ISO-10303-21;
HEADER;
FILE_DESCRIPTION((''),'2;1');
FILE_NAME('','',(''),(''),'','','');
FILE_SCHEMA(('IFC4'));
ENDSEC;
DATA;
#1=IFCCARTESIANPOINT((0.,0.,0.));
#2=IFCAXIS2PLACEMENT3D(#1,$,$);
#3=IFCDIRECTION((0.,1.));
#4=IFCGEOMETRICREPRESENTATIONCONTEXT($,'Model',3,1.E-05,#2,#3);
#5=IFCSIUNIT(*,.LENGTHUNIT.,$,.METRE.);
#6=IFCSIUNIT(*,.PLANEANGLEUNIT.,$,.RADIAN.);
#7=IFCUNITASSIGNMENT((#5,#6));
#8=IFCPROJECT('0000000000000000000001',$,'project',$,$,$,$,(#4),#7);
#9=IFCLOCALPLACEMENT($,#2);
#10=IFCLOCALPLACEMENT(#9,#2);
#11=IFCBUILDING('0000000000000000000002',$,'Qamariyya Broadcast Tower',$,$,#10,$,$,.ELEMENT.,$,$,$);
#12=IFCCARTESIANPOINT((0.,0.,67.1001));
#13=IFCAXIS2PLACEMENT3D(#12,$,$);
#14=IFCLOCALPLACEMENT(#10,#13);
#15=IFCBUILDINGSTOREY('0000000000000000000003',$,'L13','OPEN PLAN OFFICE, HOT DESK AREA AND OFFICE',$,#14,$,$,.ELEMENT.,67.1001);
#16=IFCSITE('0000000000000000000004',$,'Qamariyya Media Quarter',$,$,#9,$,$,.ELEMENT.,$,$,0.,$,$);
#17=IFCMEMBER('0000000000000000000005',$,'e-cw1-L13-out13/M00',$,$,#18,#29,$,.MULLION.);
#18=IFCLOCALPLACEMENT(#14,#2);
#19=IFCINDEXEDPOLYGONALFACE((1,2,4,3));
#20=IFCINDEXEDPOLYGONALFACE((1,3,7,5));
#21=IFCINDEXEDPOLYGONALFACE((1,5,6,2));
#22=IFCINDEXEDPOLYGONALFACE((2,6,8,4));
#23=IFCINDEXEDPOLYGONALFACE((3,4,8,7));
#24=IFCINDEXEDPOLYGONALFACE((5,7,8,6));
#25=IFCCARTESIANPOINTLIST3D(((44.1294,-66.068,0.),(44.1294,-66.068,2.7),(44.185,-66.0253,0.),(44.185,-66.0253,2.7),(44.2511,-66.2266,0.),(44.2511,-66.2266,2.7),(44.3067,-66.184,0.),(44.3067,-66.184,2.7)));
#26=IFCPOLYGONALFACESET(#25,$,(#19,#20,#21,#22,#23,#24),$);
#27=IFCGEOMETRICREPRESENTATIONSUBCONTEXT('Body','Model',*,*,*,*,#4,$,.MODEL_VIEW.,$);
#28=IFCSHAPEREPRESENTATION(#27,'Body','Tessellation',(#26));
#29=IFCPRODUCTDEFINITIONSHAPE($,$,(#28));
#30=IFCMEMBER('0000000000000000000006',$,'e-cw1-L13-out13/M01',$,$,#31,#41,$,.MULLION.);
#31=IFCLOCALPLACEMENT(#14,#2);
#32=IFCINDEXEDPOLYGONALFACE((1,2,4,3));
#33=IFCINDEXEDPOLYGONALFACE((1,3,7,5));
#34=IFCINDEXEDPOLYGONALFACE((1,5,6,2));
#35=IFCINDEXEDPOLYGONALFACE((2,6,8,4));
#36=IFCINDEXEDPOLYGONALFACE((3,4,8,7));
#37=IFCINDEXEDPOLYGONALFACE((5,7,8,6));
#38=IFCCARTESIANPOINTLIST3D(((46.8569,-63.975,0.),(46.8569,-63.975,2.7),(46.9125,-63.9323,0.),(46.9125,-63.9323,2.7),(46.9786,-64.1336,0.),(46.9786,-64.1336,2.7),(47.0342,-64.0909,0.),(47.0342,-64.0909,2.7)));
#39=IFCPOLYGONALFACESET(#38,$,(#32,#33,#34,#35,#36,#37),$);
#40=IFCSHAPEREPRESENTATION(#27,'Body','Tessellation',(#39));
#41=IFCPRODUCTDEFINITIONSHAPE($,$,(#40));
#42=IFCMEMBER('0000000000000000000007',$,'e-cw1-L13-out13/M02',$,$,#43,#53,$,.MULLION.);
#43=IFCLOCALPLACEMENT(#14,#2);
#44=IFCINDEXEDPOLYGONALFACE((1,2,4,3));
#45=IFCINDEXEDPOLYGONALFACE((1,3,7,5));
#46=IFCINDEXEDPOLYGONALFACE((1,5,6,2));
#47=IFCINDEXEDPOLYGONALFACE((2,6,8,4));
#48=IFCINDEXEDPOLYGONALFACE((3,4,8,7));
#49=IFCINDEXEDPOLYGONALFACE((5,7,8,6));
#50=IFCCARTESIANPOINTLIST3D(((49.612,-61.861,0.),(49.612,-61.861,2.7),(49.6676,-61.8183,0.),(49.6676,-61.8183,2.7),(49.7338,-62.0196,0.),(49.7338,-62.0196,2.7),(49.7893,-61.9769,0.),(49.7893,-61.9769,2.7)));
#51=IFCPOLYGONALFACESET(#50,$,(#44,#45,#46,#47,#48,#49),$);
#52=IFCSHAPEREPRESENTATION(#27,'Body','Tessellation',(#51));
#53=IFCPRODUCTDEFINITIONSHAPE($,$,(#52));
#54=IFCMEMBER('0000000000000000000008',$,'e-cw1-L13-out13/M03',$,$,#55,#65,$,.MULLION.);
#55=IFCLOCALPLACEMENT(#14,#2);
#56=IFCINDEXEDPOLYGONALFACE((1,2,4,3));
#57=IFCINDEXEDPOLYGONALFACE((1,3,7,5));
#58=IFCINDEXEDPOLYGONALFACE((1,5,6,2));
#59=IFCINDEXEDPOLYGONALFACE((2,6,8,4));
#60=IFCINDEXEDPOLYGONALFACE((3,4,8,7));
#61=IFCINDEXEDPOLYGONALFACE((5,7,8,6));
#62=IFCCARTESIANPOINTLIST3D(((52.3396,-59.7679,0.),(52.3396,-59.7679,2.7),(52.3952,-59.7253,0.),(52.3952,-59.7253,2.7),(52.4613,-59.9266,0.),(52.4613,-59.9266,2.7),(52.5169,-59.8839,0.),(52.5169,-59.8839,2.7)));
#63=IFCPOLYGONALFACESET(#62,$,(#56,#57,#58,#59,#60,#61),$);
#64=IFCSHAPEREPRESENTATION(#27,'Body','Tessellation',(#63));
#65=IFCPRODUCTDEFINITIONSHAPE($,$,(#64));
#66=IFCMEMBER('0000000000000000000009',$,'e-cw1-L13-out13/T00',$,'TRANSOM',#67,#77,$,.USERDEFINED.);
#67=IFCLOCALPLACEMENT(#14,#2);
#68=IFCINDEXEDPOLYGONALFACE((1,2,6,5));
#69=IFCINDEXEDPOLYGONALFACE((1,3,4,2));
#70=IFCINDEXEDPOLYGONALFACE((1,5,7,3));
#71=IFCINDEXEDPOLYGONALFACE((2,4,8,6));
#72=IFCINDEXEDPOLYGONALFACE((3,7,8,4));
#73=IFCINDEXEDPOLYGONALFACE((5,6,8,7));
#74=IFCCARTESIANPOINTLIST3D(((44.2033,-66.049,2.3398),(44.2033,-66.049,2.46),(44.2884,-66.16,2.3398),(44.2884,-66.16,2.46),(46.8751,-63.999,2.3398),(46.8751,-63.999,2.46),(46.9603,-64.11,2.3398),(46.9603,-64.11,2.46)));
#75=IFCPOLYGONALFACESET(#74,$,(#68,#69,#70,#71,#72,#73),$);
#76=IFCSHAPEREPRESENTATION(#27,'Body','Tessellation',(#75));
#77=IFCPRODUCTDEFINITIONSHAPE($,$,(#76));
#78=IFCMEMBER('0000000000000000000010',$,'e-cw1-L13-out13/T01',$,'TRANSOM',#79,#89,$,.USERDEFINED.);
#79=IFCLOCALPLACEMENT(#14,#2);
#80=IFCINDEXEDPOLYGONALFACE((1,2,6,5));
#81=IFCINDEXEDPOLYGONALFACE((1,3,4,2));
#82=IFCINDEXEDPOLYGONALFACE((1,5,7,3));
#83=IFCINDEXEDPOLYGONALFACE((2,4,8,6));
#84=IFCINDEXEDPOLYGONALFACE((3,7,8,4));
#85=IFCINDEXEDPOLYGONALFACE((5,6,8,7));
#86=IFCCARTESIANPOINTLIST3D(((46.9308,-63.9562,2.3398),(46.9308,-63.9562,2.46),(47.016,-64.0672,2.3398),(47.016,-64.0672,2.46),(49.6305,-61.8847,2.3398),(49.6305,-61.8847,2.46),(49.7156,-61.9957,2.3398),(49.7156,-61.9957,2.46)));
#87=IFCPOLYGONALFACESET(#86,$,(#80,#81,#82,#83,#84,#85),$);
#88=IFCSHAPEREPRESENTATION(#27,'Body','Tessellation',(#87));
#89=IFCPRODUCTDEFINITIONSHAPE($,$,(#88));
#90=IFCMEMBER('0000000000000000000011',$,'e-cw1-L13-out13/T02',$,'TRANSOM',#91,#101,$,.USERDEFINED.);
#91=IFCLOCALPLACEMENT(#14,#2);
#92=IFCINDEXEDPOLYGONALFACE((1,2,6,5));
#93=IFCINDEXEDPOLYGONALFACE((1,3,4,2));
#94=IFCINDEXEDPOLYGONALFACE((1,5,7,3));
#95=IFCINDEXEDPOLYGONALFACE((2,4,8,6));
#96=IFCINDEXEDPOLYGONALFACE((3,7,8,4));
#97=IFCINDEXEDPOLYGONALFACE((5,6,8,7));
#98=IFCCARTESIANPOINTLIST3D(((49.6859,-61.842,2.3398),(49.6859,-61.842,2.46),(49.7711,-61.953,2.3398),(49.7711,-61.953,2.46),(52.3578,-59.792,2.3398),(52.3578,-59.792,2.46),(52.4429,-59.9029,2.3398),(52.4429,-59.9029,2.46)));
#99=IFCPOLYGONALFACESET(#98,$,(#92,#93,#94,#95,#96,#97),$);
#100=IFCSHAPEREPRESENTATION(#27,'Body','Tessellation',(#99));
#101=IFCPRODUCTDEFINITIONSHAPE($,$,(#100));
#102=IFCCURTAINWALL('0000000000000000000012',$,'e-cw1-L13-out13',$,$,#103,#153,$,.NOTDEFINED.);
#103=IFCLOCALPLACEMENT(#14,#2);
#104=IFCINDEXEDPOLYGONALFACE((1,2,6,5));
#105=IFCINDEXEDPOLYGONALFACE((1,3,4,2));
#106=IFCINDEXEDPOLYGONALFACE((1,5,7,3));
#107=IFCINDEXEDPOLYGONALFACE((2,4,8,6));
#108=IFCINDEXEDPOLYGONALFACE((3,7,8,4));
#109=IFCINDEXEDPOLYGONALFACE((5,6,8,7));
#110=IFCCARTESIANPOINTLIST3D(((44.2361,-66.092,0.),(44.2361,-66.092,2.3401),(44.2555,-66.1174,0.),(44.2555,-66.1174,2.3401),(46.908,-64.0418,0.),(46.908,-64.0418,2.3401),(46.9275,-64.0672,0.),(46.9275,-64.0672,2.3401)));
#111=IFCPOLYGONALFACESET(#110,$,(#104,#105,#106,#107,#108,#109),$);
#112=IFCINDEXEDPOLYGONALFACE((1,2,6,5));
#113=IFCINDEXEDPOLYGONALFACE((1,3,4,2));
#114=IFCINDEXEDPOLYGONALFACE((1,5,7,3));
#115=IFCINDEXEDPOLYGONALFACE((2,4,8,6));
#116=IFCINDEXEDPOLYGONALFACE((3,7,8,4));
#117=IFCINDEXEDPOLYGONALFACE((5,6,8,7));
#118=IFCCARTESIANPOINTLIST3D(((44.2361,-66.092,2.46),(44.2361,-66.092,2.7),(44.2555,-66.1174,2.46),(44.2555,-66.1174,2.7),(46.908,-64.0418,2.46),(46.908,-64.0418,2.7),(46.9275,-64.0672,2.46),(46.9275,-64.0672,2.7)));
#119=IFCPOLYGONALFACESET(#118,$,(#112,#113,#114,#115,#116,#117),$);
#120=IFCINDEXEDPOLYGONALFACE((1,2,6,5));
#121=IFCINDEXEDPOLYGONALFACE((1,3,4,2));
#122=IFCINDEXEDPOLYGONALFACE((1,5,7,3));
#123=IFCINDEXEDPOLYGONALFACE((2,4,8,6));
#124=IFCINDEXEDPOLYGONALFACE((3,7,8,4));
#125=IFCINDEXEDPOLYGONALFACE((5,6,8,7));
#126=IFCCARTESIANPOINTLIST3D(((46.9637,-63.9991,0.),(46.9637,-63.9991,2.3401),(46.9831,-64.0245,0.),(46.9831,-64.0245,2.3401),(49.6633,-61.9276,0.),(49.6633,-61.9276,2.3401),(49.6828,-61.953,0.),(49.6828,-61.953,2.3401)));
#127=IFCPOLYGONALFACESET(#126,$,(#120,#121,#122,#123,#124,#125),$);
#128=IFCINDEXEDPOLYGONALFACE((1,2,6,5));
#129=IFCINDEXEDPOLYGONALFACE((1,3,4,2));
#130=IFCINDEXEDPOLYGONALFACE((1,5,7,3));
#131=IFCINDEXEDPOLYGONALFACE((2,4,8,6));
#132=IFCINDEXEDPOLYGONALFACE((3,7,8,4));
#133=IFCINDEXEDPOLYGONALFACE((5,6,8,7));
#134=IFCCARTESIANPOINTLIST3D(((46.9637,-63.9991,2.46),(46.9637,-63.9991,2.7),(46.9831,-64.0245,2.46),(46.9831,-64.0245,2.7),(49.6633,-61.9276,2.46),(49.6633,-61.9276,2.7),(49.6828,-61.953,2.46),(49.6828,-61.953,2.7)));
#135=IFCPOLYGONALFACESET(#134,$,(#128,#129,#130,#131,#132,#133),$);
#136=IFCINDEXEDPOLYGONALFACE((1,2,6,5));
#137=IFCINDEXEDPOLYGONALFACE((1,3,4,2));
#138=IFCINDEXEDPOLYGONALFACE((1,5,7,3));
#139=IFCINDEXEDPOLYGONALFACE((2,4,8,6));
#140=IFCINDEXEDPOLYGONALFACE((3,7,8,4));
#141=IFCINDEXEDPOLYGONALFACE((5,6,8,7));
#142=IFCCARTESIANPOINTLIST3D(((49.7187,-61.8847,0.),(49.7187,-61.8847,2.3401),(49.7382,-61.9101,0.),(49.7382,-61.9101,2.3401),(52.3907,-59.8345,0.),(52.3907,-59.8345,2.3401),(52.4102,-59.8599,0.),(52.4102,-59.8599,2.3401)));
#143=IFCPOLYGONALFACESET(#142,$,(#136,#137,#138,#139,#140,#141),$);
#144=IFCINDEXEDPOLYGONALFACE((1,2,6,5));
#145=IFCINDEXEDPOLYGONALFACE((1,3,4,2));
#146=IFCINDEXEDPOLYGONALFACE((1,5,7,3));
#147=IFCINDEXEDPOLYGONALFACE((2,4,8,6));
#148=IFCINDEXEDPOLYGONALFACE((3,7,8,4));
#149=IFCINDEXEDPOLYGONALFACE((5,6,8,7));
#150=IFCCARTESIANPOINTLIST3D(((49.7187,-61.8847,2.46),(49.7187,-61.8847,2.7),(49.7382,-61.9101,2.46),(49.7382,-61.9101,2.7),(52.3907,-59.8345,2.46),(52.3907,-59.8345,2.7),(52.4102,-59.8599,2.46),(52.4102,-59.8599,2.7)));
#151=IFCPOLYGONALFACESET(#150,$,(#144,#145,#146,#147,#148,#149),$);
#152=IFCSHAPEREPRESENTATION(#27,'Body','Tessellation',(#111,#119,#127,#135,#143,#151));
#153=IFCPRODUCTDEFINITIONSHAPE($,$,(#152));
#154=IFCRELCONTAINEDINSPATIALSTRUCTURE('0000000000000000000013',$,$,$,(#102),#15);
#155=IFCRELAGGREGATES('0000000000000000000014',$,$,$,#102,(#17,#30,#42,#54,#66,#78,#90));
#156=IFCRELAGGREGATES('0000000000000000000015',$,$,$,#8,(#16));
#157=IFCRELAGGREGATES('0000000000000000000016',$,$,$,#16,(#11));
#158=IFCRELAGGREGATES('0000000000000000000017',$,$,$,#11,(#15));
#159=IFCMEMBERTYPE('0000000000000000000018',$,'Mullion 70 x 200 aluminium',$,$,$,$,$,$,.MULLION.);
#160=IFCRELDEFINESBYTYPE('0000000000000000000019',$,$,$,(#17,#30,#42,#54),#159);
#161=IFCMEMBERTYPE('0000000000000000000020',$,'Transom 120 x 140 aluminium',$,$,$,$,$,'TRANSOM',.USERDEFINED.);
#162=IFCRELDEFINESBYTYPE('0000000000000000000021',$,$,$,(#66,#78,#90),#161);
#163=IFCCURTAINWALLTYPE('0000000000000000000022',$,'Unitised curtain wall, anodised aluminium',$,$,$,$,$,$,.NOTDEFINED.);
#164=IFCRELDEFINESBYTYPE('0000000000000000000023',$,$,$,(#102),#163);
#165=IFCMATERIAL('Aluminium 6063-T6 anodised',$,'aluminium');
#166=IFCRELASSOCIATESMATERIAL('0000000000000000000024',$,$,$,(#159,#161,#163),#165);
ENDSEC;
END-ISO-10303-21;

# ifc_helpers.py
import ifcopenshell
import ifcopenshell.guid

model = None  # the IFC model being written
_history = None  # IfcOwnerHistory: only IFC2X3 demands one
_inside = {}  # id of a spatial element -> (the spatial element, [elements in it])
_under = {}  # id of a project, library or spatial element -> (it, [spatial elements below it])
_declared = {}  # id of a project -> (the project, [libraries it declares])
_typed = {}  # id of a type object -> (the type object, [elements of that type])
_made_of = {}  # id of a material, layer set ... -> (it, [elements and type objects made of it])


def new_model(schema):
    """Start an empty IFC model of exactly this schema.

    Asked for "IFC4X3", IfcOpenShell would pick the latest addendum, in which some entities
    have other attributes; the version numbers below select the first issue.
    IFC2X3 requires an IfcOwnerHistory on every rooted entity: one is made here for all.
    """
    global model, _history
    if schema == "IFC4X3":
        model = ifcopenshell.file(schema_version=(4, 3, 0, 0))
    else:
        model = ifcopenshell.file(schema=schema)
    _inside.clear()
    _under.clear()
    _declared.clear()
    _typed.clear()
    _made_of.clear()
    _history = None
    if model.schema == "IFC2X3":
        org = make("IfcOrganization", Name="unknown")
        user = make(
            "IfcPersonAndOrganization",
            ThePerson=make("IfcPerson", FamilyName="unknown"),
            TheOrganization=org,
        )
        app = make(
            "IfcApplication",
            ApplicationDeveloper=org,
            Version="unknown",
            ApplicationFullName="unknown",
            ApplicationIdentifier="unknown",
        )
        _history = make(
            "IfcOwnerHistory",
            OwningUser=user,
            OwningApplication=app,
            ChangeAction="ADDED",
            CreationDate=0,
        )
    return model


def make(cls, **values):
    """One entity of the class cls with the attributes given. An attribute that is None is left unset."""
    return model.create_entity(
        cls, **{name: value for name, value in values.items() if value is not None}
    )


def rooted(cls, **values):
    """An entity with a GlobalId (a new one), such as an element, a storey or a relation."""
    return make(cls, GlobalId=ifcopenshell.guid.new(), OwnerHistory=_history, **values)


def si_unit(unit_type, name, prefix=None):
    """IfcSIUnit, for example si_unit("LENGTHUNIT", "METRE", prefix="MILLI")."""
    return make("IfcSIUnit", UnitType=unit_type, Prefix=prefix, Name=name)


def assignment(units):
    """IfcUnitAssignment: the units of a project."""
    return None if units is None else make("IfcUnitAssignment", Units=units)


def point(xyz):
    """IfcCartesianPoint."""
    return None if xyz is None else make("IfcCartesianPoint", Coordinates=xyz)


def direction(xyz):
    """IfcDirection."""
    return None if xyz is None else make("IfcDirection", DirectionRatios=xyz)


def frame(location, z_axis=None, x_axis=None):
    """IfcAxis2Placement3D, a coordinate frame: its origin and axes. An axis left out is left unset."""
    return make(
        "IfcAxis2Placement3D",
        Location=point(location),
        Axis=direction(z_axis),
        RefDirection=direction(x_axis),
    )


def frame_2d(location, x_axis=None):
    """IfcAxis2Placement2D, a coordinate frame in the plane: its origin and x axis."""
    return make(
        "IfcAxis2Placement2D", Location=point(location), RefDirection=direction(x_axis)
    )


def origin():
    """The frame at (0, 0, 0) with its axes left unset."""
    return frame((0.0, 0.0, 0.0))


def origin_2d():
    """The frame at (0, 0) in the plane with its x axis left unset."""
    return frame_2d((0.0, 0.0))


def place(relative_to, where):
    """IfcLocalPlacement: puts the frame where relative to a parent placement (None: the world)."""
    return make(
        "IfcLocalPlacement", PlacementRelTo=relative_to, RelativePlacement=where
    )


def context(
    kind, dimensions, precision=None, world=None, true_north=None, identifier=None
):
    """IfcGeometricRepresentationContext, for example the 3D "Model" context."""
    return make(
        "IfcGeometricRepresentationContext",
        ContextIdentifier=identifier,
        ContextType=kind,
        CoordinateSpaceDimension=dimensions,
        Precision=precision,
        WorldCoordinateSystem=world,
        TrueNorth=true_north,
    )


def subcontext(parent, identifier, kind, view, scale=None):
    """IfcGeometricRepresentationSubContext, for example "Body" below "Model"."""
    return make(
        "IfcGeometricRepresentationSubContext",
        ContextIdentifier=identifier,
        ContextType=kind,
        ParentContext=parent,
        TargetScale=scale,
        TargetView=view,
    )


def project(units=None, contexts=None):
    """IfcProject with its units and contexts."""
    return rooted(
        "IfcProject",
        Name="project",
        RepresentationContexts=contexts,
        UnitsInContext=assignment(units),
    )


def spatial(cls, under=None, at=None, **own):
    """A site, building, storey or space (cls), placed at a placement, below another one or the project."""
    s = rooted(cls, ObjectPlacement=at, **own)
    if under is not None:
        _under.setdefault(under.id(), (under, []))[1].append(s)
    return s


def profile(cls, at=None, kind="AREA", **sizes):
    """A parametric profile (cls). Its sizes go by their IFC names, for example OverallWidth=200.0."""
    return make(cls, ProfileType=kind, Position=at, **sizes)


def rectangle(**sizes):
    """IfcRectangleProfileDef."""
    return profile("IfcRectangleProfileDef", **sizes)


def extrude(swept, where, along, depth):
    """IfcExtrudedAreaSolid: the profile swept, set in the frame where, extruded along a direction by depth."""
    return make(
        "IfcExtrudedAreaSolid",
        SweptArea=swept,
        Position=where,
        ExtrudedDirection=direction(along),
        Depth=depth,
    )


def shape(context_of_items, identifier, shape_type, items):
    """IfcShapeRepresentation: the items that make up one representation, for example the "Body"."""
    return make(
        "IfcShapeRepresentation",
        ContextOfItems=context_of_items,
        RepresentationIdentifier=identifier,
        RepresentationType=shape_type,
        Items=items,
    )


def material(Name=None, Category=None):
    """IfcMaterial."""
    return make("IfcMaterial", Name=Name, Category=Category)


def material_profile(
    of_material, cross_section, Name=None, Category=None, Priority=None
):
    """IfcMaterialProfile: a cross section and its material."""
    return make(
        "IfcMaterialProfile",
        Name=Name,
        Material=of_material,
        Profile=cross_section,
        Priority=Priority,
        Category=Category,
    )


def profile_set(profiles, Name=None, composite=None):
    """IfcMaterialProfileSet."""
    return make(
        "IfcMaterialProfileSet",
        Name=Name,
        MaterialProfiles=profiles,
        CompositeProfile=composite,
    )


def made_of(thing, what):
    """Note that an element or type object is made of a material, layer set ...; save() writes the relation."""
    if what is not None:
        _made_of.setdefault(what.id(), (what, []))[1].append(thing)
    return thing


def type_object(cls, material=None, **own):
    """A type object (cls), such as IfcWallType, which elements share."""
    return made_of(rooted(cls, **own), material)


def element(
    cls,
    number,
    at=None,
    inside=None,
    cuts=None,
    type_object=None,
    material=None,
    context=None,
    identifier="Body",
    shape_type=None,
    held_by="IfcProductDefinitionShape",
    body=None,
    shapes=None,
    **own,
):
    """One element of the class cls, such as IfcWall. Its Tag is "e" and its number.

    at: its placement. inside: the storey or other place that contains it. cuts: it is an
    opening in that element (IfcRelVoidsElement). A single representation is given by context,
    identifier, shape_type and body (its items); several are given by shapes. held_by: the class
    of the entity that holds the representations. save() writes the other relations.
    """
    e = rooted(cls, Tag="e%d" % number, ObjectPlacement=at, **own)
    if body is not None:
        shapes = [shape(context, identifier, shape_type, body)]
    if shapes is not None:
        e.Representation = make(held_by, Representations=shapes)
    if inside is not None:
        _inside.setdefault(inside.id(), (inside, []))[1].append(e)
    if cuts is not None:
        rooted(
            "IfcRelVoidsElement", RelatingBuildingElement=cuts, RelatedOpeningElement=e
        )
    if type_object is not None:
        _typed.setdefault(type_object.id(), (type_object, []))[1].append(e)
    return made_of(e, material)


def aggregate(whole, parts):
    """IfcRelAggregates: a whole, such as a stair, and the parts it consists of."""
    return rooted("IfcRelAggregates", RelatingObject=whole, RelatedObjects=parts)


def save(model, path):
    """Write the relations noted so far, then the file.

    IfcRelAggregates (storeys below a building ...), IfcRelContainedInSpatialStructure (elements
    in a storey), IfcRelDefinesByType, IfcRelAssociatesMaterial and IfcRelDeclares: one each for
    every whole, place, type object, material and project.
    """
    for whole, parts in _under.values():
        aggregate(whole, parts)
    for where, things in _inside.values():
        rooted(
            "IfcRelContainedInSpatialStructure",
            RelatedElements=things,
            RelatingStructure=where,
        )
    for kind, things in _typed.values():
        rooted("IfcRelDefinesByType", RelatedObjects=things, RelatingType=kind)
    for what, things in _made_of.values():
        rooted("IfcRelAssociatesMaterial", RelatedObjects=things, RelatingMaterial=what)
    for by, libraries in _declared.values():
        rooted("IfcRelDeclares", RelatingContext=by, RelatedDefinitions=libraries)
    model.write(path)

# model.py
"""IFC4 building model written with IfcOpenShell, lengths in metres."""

from ifc_helpers import new_model, si_unit, direction, frame, origin, origin_2d, place, context, subcontext, project, spatial, rectangle, extrude, material, material_profile, profile_set, type_object, element, aggregate, save


model = new_model("IFC4")

# Units and contexts
model_context = context("Model", 3, precision=1e-05, world=origin(), true_north=direction((0.0, 1.0)))
body_context = subcontext(model_context, "Body", "Model", "MODEL_VIEW")
ifc_project = project(units=[si_unit("LENGTHUNIT", "METRE"), si_unit("PLANEANGLEUNIT", "RADIAN")], contexts=[model_context])

# Members
ifc_material = material(Name="Aluminium 6063-T6 anodised", Category="aluminium")
ifc_material_profile_1 = material_profile(ifc_material, rectangle(XDim=0.2, YDim=0.0701, at=origin_2d()))
ifc_profile_set_1 = profile_set([ifc_material_profile_1], Name="Aluminium 6063-T6 anodised")
member_type_1 = type_object("IfcMemberType", Name="Mullion 70 x 200 aluminium", PredefinedType="MULLION", material=ifc_profile_set_1)
site_placement = place(None, origin())
building_placement = place(site_placement, origin())
storey_placement = place(building_placement, frame((0.0, 0.0, 67.1001)))
member_1_placement = place(storey_placement, frame((44.218, -66.126, 0.0), z_axis=(0.0, 0.0, 1.0), x_axis=(-0.608761, 0.793353, 0.0)))
member_1 = element("IfcMember", 1, at=member_1_placement, type_object=member_type_1, Name="e-cw1-L13-out13/M00", PredefinedType="MULLION", context=body_context, shape_type="SweptSolid", body=[
    extrude(rectangle(XDim=0.2, YDim=0.0701, at=origin_2d()), origin(), (0.0, 0.0, 1.0), 2.7),
])
member_2_placement = place(storey_placement, frame((46.9456, -64.033, 0.0), z_axis=(0.0, 0.0, 1.0), x_axis=(-0.608761, 0.793353, 0.0)))
member_2 = element("IfcMember", 2, at=member_2_placement, type_object=member_type_1, Name="e-cw1-L13-out13/M01", PredefinedType="MULLION", context=body_context, shape_type="SweptSolid", body=[
    extrude(rectangle(XDim=0.2, YDim=0.0701, at=origin_2d()), origin(), (0.0, 0.0, 1.0), 2.7),
])
member_3_placement = place(storey_placement, frame((49.7007, -61.9189, 0.0), z_axis=(0.0, 0.0, 1.0), x_axis=(-0.608761, 0.793353, 0.0)))
member_3 = element("IfcMember", 3, at=member_3_placement, type_object=member_type_1, Name="e-cw1-L13-out13/M02", PredefinedType="MULLION", context=body_context, shape_type="SweptSolid", body=[
    extrude(rectangle(XDim=0.2, YDim=0.0701, at=origin_2d()), origin(), (0.0, 0.0, 1.0), 2.7),
])
member_4_placement = place(storey_placement, frame((52.4282, -59.8259, 0.0), z_axis=(0.0, 0.0, 1.0), x_axis=(-0.608761, 0.793353, 0.0)))
member_4 = element("IfcMember", 4, at=member_4_placement, type_object=member_type_1, Name="e-cw1-L13-out13/M03", PredefinedType="MULLION", context=body_context, shape_type="SweptSolid", body=[
    extrude(rectangle(XDim=0.2, YDim=0.0701, at=origin_2d()), origin(), (0.0, 0.0, 1.0), 2.7),
])
ifc_material_profile_2 = material_profile(ifc_material, rectangle(XDim=0.1399, YDim=0.1201, at=origin_2d()))
ifc_profile_set_2 = profile_set([ifc_material_profile_2], Name="Aluminium 6063-T6 anodised")
member_type_2 = type_object("IfcMemberType", Name="Transom 120 x 140 aluminium", ElementType="TRANSOM", PredefinedType="USERDEFINED", material=ifc_profile_set_2)
member_5_placement = place(storey_placement, frame((44.2458, -66.1045, 2.3999), z_axis=(0.793375, 0.608733, 0.0), x_axis=(-0.608733, 0.793375, 0.0)))
member_5 = element("IfcMember", 5, at=member_5_placement, type_object=member_type_2, Name="e-cw1-L13-out13/T00", ObjectType="TRANSOM", PredefinedType="USERDEFINED", context=body_context, shape_type="SweptSolid", body=[
    extrude(rectangle(XDim=0.1399, YDim=0.1201, at=origin_2d()), origin(), (0.0, 0.0, 1.0), 3.3677),
])
member_6_placement = place(storey_placement, frame((46.9734, -64.0117, 2.3999), z_axis=(0.793357, 0.608757, 0.0), x_axis=(-0.608757, 0.793357, 0.0)))
member_6 = element("IfcMember", 6, at=member_6_placement, type_object=member_type_2, Name="e-cw1-L13-out13/T01", ObjectType="TRANSOM", PredefinedType="USERDEFINED", context=body_context, shape_type="SweptSolid", body=[
    extrude(rectangle(XDim=0.1399, YDim=0.1201, at=origin_2d()), origin(), (0.0, 0.0, 1.0), 3.4028),
])
member_7_placement = place(storey_placement, frame((49.7285, -61.8975, 2.3999), z_axis=(0.793375, 0.608733, 0.0), x_axis=(-0.608733, 0.793375, 0.0)))
member_7 = element("IfcMember", 7, at=member_7_placement, type_object=member_type_2, Name="e-cw1-L13-out13/T02", ObjectType="TRANSOM", PredefinedType="USERDEFINED", context=body_context, shape_type="SweptSolid", body=[
    extrude(rectangle(XDim=0.1399, YDim=0.1201, at=origin_2d()), origin(), (0.0, 0.0, 1.0), 3.3677),
])

# Site, building, storey
site = spatial("IfcSite", under=ifc_project, at=site_placement, Name="Qamariyya Media Quarter", CompositionType="ELEMENT", RefElevation=0.0)
building = spatial("IfcBuilding", under=site, at=building_placement, Name="Qamariyya Broadcast Tower", CompositionType="ELEMENT")
storey = spatial("IfcBuildingStorey", under=building, at=storey_placement, Name="L13", Description="OPEN PLAN OFFICE, HOT DESK AREA AND OFFICE", CompositionType="ELEMENT", Elevation=67.1001)

# Curtain wall
curtain_wall_type = type_object("IfcCurtainWallType", Name="Unitised curtain wall, anodised aluminium", PredefinedType="NOTDEFINED", material=ifc_material)
curtain_wall_1_placement = place(storey_placement, origin())
curtain_wall_1 = element("IfcCurtainWall", 8, at=curtain_wall_1_placement, inside=storey, type_object=curtain_wall_type, Name="e-cw1-L13-out13", PredefinedType="NOTDEFINED", context=body_context, shape_type="SweptSolid", body=[
    extrude(rectangle(XDim=3.3679, YDim=0.032, at=origin_2d()), frame((45.5818, -65.0796, 0.0), x_axis=(0.793358, 0.608756, 0.0)), (0.0, 0.0, 1.0), 2.3401),
    extrude(rectangle(XDim=3.3679, YDim=0.032, at=origin_2d()), frame((45.5818, -65.0796, 2.46), x_axis=(0.793358, 0.608756, 0.0)), (0.0, 0.0, 1.0), 0.24),
    extrude(rectangle(XDim=3.4028, YDim=0.032, at=origin_2d()), frame((48.3232, -62.9761, 0.0), x_axis=(0.793358, 0.608756, 0.0)), (0.0, 0.0, 1.0), 2.3401),
    extrude(rectangle(XDim=3.4028, YDim=0.032, at=origin_2d()), frame((48.3232, -62.9761, 2.46), x_axis=(0.793358, 0.608756, 0.0)), (0.0, 0.0, 1.0), 0.24),
    extrude(rectangle(XDim=3.3679, YDim=0.032, at=origin_2d()), frame((51.0645, -60.8723, 0.0), x_axis=(0.793358, 0.608756, 0.0)), (0.0, 0.0, 1.0), 2.3401),
    extrude(rectangle(XDim=3.3679, YDim=0.032, at=origin_2d()), frame((51.0645, -60.8723, 2.46), x_axis=(0.793358, 0.608756, 0.0)), (0.0, 0.0, 1.0), 0.24),
])
aggregate(curtain_wall_1, [member_1, member_2, member_3, member_4, member_5, member_6, member_7])

save(model, "model.ifc")
